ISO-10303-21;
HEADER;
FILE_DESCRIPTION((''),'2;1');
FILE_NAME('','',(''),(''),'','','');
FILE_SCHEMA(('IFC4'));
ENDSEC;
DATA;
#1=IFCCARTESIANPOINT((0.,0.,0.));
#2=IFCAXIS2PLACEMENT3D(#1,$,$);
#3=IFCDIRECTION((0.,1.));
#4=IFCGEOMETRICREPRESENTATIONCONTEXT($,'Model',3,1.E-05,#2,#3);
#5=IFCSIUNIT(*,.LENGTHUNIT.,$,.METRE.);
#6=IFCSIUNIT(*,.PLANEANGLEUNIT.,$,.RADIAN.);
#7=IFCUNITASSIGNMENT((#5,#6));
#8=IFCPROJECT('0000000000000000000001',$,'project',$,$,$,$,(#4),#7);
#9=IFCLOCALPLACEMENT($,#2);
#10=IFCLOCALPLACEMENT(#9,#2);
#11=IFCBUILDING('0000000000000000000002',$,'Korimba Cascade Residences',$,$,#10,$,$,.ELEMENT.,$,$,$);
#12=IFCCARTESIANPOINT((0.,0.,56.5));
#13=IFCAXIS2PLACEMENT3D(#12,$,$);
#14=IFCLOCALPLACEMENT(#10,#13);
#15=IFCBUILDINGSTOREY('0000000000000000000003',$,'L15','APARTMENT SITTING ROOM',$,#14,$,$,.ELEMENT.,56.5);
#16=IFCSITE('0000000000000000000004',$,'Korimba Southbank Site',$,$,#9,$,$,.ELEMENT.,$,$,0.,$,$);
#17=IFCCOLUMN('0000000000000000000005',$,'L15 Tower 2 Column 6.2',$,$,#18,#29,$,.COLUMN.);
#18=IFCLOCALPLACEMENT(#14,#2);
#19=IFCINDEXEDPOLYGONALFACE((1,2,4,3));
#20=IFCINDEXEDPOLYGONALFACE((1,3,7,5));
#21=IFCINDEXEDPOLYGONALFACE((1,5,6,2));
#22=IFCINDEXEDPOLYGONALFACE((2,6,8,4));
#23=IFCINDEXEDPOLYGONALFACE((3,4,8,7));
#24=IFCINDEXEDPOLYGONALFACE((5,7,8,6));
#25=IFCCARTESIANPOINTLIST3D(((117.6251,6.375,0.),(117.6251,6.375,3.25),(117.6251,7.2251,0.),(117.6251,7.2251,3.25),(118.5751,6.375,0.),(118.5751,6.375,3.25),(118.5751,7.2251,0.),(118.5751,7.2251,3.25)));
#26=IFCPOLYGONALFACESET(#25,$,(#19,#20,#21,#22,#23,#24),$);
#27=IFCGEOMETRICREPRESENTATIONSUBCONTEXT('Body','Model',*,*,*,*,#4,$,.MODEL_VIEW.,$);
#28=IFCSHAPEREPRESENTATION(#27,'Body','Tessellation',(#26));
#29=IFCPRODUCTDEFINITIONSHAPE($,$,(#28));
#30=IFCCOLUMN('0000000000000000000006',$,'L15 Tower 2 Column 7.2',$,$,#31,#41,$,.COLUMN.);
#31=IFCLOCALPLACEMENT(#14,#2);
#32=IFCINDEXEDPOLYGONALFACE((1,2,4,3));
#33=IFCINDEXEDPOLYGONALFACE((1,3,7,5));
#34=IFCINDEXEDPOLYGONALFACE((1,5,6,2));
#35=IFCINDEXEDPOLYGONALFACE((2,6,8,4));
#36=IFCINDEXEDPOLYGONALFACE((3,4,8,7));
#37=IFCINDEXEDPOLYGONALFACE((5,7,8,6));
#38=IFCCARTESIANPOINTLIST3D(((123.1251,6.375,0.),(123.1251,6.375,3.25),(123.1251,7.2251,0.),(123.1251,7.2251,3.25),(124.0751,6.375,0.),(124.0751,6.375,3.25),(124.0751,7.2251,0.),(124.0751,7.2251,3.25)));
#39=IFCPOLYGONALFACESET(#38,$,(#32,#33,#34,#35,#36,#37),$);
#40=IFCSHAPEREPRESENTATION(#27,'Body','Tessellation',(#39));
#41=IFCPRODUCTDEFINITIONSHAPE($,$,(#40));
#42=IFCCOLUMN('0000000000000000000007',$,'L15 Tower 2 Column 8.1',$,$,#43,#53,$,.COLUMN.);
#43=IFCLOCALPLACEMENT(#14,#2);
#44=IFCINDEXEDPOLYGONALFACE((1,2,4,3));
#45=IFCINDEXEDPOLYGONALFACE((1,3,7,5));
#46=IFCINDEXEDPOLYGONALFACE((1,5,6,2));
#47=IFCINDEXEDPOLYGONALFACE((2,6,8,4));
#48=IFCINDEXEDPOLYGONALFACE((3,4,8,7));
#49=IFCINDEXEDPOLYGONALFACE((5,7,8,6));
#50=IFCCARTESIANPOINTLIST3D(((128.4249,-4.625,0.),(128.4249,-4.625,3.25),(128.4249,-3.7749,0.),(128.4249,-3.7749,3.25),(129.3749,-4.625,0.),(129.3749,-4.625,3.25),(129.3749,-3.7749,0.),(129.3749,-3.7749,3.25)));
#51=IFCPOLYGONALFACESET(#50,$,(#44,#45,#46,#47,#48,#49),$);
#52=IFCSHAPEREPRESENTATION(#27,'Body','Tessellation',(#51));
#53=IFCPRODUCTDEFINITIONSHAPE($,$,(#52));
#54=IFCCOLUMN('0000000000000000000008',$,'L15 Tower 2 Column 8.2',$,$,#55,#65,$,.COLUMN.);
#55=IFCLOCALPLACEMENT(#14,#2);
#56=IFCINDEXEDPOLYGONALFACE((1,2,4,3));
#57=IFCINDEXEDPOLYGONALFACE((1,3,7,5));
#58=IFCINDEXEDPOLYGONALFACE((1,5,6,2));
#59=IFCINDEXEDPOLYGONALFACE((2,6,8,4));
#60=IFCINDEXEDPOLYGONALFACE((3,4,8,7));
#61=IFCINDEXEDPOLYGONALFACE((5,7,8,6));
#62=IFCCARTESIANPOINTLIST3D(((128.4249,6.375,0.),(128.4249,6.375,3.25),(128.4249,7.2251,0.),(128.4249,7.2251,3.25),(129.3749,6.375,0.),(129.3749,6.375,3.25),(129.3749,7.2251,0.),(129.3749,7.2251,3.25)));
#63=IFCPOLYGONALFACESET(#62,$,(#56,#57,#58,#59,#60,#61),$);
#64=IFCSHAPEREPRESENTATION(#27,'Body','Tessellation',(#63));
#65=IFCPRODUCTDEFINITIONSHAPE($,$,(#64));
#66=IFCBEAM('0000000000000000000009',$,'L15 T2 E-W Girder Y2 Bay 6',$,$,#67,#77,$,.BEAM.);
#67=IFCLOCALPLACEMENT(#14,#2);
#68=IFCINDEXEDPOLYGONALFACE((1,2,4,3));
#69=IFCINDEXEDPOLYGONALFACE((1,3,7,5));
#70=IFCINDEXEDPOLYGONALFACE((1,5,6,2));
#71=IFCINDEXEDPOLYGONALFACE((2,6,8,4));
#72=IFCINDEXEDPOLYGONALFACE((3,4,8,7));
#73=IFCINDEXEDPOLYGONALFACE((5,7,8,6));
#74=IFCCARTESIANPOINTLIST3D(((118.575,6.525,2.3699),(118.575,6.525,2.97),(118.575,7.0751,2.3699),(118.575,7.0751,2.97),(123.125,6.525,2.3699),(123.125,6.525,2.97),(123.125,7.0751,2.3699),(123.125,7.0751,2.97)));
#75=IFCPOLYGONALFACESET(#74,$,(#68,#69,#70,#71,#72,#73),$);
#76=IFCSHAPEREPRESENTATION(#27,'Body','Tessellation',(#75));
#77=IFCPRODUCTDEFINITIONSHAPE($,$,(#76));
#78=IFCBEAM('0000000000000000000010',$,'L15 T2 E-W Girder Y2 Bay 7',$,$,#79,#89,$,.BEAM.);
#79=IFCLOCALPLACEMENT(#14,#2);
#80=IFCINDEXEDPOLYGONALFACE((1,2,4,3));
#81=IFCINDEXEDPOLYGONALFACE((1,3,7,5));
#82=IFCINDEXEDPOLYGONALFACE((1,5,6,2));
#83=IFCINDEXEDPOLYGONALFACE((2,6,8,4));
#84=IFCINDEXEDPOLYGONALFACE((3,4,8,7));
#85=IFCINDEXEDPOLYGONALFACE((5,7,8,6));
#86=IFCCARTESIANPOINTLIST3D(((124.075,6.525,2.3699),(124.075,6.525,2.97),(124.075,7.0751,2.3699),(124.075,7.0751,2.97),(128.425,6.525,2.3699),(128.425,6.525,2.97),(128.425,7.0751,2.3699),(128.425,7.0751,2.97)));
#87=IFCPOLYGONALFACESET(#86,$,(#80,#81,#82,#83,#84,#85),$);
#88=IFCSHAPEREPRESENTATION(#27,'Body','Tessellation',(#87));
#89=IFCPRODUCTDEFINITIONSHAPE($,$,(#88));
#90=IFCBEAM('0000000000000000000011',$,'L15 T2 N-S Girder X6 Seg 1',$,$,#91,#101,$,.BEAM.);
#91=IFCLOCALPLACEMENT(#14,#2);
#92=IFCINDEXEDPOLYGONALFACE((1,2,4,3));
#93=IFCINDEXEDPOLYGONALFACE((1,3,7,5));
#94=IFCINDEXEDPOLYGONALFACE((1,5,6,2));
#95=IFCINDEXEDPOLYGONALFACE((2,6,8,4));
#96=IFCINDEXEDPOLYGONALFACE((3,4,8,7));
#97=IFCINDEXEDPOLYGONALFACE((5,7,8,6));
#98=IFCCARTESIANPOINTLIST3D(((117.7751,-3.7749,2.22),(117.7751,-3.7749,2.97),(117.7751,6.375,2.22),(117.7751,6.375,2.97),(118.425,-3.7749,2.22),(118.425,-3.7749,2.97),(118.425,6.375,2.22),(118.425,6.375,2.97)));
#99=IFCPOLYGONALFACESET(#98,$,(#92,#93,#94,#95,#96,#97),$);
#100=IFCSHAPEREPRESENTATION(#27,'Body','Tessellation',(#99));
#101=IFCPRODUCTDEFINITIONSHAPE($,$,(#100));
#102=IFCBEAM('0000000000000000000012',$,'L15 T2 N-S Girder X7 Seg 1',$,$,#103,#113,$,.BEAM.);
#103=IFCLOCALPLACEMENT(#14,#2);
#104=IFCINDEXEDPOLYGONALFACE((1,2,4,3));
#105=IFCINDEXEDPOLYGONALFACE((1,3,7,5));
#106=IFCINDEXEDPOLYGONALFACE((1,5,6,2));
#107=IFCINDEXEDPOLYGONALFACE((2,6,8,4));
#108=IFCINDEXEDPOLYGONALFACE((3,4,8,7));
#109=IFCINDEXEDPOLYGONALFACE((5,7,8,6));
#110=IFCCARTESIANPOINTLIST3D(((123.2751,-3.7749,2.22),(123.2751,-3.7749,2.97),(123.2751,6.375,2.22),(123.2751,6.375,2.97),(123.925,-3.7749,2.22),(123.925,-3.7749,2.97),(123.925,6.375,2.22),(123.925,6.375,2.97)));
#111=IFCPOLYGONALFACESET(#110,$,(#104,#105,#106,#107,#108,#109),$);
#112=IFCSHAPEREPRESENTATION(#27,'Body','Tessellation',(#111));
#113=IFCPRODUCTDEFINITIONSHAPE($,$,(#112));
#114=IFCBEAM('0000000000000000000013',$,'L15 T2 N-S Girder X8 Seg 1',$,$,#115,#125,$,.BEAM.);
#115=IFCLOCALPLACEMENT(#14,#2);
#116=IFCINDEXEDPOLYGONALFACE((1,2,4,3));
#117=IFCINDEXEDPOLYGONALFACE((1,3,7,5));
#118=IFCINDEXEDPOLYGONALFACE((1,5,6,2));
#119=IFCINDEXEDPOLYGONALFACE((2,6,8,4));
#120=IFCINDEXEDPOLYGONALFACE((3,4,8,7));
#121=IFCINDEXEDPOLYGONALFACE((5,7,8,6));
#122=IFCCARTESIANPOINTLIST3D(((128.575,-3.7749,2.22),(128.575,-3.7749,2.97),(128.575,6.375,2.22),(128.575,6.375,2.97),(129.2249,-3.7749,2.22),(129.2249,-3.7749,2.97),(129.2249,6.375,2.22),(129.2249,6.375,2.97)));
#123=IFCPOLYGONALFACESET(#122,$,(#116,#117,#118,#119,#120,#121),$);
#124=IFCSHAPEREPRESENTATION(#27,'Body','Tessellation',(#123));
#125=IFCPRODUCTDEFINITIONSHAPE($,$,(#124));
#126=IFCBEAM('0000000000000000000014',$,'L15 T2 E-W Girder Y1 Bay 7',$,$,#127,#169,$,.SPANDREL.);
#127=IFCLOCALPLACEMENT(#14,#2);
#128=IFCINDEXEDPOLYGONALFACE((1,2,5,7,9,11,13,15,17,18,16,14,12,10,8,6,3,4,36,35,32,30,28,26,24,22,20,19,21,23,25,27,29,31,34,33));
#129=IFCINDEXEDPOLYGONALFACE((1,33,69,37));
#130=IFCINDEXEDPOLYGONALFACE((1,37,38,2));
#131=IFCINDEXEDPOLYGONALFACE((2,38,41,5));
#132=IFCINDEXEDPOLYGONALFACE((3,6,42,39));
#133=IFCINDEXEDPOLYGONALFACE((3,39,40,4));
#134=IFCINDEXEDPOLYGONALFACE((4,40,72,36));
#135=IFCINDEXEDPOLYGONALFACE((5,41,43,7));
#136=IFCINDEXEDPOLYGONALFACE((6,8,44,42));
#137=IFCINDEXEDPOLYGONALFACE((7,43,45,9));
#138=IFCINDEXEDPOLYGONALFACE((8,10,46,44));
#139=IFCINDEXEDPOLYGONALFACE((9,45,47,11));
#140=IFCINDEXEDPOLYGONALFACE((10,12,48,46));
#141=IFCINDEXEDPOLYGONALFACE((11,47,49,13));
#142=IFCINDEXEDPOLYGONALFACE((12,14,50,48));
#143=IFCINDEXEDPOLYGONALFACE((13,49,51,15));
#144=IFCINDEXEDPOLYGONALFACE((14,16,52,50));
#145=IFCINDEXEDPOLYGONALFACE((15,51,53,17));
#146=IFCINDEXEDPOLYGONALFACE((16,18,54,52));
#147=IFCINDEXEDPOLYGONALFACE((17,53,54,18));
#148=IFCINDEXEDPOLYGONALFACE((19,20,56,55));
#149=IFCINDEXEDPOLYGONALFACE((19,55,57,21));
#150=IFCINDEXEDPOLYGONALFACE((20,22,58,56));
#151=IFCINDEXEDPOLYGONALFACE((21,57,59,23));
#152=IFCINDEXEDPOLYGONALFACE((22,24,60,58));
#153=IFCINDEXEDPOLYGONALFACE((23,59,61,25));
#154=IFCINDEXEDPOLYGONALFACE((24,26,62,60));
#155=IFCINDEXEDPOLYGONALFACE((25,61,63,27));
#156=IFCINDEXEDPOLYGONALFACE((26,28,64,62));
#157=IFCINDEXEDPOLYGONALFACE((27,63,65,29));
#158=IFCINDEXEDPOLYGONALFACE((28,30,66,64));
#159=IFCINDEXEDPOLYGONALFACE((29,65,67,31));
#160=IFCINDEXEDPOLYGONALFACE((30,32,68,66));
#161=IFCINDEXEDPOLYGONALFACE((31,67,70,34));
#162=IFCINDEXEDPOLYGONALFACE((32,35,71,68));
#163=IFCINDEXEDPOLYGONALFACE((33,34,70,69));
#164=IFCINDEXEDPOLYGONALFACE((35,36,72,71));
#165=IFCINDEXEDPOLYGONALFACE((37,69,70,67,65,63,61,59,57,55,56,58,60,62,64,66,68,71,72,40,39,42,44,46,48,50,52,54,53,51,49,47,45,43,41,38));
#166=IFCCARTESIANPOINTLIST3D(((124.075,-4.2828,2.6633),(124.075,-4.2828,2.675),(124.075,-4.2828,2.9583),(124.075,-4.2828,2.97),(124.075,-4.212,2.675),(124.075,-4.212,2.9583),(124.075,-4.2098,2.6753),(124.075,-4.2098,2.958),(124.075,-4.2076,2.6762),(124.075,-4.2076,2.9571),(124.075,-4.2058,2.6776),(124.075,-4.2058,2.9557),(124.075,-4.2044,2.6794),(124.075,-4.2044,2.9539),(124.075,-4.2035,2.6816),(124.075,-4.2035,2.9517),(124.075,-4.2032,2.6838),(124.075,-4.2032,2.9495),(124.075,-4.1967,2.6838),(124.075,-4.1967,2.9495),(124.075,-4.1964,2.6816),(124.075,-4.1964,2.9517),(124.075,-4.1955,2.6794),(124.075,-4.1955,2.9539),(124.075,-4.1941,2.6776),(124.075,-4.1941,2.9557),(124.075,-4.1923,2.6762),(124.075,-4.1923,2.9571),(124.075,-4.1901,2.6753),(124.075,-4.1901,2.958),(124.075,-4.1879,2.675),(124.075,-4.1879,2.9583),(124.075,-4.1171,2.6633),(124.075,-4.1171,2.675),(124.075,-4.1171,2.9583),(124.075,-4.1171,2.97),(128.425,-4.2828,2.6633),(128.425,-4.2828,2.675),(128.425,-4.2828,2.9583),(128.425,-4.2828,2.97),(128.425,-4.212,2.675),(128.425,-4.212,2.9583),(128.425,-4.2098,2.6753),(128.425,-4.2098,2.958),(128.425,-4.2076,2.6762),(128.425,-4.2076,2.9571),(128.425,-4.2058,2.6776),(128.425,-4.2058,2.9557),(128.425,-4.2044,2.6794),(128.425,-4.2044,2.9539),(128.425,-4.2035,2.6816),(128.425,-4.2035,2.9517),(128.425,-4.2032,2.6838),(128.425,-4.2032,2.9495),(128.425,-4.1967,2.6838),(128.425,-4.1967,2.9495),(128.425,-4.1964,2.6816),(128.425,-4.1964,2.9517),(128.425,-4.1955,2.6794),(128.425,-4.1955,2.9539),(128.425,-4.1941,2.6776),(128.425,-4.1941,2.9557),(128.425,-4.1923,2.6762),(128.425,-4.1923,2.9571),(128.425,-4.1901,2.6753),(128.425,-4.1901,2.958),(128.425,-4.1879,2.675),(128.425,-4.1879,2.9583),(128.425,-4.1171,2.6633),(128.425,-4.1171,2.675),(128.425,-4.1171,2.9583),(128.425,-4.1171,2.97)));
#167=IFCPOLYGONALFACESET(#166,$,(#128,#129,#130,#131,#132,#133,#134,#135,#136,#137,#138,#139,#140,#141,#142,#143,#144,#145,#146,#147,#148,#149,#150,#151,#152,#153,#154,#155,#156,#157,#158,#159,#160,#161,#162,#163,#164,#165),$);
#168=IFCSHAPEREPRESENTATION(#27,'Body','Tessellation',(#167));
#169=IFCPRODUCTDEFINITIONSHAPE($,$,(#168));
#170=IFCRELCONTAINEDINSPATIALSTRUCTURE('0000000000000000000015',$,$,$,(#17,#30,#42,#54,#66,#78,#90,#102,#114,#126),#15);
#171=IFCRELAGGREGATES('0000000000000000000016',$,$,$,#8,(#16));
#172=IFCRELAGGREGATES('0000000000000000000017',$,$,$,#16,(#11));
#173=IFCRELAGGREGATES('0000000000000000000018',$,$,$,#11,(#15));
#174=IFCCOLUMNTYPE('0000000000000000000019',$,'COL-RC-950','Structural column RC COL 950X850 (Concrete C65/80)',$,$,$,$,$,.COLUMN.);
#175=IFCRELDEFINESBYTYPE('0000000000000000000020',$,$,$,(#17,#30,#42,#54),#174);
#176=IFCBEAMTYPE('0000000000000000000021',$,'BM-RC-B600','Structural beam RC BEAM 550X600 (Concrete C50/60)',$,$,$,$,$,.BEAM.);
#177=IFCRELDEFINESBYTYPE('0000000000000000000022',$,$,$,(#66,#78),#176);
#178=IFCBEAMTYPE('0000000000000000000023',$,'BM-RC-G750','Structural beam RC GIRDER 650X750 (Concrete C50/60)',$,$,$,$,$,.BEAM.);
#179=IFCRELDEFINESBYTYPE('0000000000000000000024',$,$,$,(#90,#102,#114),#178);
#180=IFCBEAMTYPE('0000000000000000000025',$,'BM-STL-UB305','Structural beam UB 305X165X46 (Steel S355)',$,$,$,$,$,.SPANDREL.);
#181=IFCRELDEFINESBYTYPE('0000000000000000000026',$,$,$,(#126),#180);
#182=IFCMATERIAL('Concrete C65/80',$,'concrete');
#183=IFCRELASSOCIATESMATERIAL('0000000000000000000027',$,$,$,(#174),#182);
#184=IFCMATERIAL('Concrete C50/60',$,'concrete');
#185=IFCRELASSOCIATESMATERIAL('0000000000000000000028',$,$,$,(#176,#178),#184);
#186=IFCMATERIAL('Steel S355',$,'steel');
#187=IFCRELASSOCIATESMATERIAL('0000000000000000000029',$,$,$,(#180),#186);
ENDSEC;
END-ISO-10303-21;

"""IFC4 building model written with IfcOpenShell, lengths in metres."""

from ifc_helpers import new_model, si_unit, direction, frame, origin, origin_2d, place, context, subcontext, project, spatial, rectangle, i_section, extrude, material, material_profile, profile_set, type_object, element, save


model = new_model("IFC4")

# Units and contexts
model_context = context("Model", 3, precision=1e-05, world=origin(), true_north=direction((0.0, 1.0)))
body_context = subcontext(model_context, "Body", "Model", "MODEL_VIEW")
ifc_project = project(units=[si_unit("LENGTHUNIT", "METRE"), si_unit("PLANEANGLEUNIT", "RADIAN")], contexts=[model_context])

# Site, building, storey
site_placement = place(None, origin())
site = spatial("IfcSite", under=ifc_project, at=site_placement, Name="Korimba Southbank Site", CompositionType="ELEMENT", RefElevation=0.0)
building_placement = place(site_placement, origin())
building = spatial("IfcBuilding", under=site, at=building_placement, Name="Korimba Cascade Residences", CompositionType="ELEMENT")
storey_placement = place(building_placement, frame((0.0, 0.0, 56.5)))
storey = spatial("IfcBuildingStorey", under=building, at=storey_placement, Name="L15", Description="APARTMENT SITTING ROOM", CompositionType="ELEMENT", Elevation=56.5)

# Columns
ifc_material_1 = material(Name="Concrete C65/80", Category="concrete")
ifc_material_profile_1 = material_profile(ifc_material_1, rectangle(XDim=0.95, YDim=0.8501, at=origin_2d()), Name="Concrete C65/80")
ifc_profile_set_1 = profile_set([ifc_material_profile_1], Name="Concrete C65/80")
column_type = type_object("IfcColumnType", Name="COL-RC-950", Description="Structural column RC COL 950X850 (Concrete C65/80)", PredefinedType="COLUMN", material=ifc_profile_set_1)
for number, where, z_axis, x_axis, name in (
    (1, (118.1001, 6.8, 0.0), (0.0, 0.0, 1.0), (1.0, 0.0, 0.0), "L15 Tower 2 Column 6.2"),
    (2, (123.6001, 6.8, 0.0), (0.0, 0.0, 1.0), (1.0, 0.0, 0.0), "L15 Tower 2 Column 7.2"),
    (3, (128.8999, -4.2, 0.0), (0.0, 0.0, 1.0), (1.0, 0.0, 0.0), "L15 Tower 2 Column 8.1"),
    (4, (128.8999, 6.8, 0.0), (0.0, 0.0, 1.0), (1.0, 0.0, 0.0), "L15 Tower 2 Column 8.2"),
):
    element("IfcColumn", number, at=place(storey_placement, frame(where, z_axis=z_axis, x_axis=x_axis)), inside=storey, type_object=column_type, Name=name, PredefinedType="COLUMN", context=body_context, shape_type="SweptSolid", body=[
        extrude(rectangle(XDim=0.95, YDim=0.8501, at=origin_2d()), origin(), (0.0, 0.0, 1.0), 3.25),
    ])

# Beams
ifc_material_2 = material(Name="Concrete C50/60", Category="concrete")
ifc_material_profile_2 = material_profile(ifc_material_2, rectangle(XDim=0.55, YDim=0.6001, at=origin_2d()), Name="Concrete C50/60")
ifc_profile_set_2 = profile_set([ifc_material_profile_2], Name="Concrete C50/60")
beam_type_1 = type_object("IfcBeamType", Name="BM-RC-B600", Description="Structural beam RC BEAM 550X600 (Concrete C50/60)", PredefinedType="BEAM", material=ifc_profile_set_2)
beam_1_placement = place(storey_placement, frame((118.575, 6.8, 2.6699), z_axis=(1.0, 0.0, 0.0), x_axis=(0.0, 1.0, 0.0)))
element("IfcBeam", 5, at=beam_1_placement, inside=storey, type_object=beam_type_1, Name="L15 T2 E-W Girder Y2 Bay 6", PredefinedType="BEAM", context=body_context, shape_type="SweptSolid", body=[
    extrude(rectangle(XDim=0.55, YDim=0.6001, at=origin_2d()), origin(), (0.0, 0.0, 1.0), 4.55),
])
beam_2_placement = place(storey_placement, frame((124.075, 6.8, 2.6699), z_axis=(1.0, 0.0, 0.0), x_axis=(0.0, 1.0, 0.0)))
element("IfcBeam", 6, at=beam_2_placement, inside=storey, type_object=beam_type_1, Name="L15 T2 E-W Girder Y2 Bay 7", PredefinedType="BEAM", context=body_context, shape_type="SweptSolid", body=[
    extrude(rectangle(XDim=0.55, YDim=0.6001, at=origin_2d()), origin(), (0.0, 0.0, 1.0), 4.3501),
])
ifc_material_profile_3 = material_profile(ifc_material_2, rectangle(XDim=0.6499, YDim=0.75, at=origin_2d()), Name="Concrete C50/60")
ifc_profile_set_3 = profile_set([ifc_material_profile_3], Name="Concrete C50/60")
beam_type_2 = type_object("IfcBeamType", Name="BM-RC-G750", Description="Structural beam RC GIRDER 650X750 (Concrete C50/60)", PredefinedType="BEAM", material=ifc_profile_set_3)
for number, where, z_axis, x_axis, name in (
    (7, (118.1001, -3.7749, 2.595), (0.0, 1.0, 0.0), (-1.0, 0.0, 0.0), "L15 T2 N-S Girder X6 Seg 1"),
    (8, (123.6001, -3.7749, 2.595), (0.0, 1.0, 0.0), (-1.0, 0.0, 0.0), "L15 T2 N-S Girder X7 Seg 1"),
    (9, (128.8999, -3.7749, 2.595), (0.0, 1.0, 0.0), (-1.0, 0.0, 0.0), "L15 T2 N-S Girder X8 Seg 1"),
):
    element("IfcBeam", number, at=place(storey_placement, frame(where, z_axis=z_axis, x_axis=x_axis)), inside=storey, type_object=beam_type_2, Name=name, PredefinedType="BEAM", context=body_context, shape_type="SweptSolid", body=[
        extrude(rectangle(XDim=0.6499, YDim=0.75, at=origin_2d()), origin(), (0.0, 0.0, 1.0), 10.1499),
    ])
ifc_material_3 = material(Name="Steel S355", Category="steel")
ifc_material_profile_4 = material_profile(ifc_material_3, i_section(OverallWidth=0.1658, OverallDepth=0.3066, WebThickness=0.0066, FlangeThickness=0.0117, FilletRadius=0.0088, at=origin_2d()), Name="Steel S355")
ifc_profile_set_4 = profile_set([ifc_material_profile_4], Name="Steel S355")
beam_type_3 = type_object("IfcBeamType", Name="BM-STL-UB305", Description="Structural beam UB 305X165X46 (Steel S355)", PredefinedType="SPANDREL", material=ifc_profile_set_4)
beam_3_placement = place(storey_placement, frame((124.075, -4.2, 2.8167), z_axis=(1.0, 0.0, 0.0), x_axis=(0.0, 1.0, 0.0)))
element("IfcBeam", 10, at=beam_3_placement, inside=storey, type_object=beam_type_3, Name="L15 T2 E-W Girder Y1 Bay 7", PredefinedType="SPANDREL", context=body_context, shape_type="SweptSolid", body=[
    extrude(i_section(OverallWidth=0.1658, OverallDepth=0.3066, WebThickness=0.0066, FlangeThickness=0.0117, FilletRadius=0.0088, at=origin_2d()), origin(), (0.0, 0.0, 1.0), 4.3501),
])

save(model, "model.ifc")
